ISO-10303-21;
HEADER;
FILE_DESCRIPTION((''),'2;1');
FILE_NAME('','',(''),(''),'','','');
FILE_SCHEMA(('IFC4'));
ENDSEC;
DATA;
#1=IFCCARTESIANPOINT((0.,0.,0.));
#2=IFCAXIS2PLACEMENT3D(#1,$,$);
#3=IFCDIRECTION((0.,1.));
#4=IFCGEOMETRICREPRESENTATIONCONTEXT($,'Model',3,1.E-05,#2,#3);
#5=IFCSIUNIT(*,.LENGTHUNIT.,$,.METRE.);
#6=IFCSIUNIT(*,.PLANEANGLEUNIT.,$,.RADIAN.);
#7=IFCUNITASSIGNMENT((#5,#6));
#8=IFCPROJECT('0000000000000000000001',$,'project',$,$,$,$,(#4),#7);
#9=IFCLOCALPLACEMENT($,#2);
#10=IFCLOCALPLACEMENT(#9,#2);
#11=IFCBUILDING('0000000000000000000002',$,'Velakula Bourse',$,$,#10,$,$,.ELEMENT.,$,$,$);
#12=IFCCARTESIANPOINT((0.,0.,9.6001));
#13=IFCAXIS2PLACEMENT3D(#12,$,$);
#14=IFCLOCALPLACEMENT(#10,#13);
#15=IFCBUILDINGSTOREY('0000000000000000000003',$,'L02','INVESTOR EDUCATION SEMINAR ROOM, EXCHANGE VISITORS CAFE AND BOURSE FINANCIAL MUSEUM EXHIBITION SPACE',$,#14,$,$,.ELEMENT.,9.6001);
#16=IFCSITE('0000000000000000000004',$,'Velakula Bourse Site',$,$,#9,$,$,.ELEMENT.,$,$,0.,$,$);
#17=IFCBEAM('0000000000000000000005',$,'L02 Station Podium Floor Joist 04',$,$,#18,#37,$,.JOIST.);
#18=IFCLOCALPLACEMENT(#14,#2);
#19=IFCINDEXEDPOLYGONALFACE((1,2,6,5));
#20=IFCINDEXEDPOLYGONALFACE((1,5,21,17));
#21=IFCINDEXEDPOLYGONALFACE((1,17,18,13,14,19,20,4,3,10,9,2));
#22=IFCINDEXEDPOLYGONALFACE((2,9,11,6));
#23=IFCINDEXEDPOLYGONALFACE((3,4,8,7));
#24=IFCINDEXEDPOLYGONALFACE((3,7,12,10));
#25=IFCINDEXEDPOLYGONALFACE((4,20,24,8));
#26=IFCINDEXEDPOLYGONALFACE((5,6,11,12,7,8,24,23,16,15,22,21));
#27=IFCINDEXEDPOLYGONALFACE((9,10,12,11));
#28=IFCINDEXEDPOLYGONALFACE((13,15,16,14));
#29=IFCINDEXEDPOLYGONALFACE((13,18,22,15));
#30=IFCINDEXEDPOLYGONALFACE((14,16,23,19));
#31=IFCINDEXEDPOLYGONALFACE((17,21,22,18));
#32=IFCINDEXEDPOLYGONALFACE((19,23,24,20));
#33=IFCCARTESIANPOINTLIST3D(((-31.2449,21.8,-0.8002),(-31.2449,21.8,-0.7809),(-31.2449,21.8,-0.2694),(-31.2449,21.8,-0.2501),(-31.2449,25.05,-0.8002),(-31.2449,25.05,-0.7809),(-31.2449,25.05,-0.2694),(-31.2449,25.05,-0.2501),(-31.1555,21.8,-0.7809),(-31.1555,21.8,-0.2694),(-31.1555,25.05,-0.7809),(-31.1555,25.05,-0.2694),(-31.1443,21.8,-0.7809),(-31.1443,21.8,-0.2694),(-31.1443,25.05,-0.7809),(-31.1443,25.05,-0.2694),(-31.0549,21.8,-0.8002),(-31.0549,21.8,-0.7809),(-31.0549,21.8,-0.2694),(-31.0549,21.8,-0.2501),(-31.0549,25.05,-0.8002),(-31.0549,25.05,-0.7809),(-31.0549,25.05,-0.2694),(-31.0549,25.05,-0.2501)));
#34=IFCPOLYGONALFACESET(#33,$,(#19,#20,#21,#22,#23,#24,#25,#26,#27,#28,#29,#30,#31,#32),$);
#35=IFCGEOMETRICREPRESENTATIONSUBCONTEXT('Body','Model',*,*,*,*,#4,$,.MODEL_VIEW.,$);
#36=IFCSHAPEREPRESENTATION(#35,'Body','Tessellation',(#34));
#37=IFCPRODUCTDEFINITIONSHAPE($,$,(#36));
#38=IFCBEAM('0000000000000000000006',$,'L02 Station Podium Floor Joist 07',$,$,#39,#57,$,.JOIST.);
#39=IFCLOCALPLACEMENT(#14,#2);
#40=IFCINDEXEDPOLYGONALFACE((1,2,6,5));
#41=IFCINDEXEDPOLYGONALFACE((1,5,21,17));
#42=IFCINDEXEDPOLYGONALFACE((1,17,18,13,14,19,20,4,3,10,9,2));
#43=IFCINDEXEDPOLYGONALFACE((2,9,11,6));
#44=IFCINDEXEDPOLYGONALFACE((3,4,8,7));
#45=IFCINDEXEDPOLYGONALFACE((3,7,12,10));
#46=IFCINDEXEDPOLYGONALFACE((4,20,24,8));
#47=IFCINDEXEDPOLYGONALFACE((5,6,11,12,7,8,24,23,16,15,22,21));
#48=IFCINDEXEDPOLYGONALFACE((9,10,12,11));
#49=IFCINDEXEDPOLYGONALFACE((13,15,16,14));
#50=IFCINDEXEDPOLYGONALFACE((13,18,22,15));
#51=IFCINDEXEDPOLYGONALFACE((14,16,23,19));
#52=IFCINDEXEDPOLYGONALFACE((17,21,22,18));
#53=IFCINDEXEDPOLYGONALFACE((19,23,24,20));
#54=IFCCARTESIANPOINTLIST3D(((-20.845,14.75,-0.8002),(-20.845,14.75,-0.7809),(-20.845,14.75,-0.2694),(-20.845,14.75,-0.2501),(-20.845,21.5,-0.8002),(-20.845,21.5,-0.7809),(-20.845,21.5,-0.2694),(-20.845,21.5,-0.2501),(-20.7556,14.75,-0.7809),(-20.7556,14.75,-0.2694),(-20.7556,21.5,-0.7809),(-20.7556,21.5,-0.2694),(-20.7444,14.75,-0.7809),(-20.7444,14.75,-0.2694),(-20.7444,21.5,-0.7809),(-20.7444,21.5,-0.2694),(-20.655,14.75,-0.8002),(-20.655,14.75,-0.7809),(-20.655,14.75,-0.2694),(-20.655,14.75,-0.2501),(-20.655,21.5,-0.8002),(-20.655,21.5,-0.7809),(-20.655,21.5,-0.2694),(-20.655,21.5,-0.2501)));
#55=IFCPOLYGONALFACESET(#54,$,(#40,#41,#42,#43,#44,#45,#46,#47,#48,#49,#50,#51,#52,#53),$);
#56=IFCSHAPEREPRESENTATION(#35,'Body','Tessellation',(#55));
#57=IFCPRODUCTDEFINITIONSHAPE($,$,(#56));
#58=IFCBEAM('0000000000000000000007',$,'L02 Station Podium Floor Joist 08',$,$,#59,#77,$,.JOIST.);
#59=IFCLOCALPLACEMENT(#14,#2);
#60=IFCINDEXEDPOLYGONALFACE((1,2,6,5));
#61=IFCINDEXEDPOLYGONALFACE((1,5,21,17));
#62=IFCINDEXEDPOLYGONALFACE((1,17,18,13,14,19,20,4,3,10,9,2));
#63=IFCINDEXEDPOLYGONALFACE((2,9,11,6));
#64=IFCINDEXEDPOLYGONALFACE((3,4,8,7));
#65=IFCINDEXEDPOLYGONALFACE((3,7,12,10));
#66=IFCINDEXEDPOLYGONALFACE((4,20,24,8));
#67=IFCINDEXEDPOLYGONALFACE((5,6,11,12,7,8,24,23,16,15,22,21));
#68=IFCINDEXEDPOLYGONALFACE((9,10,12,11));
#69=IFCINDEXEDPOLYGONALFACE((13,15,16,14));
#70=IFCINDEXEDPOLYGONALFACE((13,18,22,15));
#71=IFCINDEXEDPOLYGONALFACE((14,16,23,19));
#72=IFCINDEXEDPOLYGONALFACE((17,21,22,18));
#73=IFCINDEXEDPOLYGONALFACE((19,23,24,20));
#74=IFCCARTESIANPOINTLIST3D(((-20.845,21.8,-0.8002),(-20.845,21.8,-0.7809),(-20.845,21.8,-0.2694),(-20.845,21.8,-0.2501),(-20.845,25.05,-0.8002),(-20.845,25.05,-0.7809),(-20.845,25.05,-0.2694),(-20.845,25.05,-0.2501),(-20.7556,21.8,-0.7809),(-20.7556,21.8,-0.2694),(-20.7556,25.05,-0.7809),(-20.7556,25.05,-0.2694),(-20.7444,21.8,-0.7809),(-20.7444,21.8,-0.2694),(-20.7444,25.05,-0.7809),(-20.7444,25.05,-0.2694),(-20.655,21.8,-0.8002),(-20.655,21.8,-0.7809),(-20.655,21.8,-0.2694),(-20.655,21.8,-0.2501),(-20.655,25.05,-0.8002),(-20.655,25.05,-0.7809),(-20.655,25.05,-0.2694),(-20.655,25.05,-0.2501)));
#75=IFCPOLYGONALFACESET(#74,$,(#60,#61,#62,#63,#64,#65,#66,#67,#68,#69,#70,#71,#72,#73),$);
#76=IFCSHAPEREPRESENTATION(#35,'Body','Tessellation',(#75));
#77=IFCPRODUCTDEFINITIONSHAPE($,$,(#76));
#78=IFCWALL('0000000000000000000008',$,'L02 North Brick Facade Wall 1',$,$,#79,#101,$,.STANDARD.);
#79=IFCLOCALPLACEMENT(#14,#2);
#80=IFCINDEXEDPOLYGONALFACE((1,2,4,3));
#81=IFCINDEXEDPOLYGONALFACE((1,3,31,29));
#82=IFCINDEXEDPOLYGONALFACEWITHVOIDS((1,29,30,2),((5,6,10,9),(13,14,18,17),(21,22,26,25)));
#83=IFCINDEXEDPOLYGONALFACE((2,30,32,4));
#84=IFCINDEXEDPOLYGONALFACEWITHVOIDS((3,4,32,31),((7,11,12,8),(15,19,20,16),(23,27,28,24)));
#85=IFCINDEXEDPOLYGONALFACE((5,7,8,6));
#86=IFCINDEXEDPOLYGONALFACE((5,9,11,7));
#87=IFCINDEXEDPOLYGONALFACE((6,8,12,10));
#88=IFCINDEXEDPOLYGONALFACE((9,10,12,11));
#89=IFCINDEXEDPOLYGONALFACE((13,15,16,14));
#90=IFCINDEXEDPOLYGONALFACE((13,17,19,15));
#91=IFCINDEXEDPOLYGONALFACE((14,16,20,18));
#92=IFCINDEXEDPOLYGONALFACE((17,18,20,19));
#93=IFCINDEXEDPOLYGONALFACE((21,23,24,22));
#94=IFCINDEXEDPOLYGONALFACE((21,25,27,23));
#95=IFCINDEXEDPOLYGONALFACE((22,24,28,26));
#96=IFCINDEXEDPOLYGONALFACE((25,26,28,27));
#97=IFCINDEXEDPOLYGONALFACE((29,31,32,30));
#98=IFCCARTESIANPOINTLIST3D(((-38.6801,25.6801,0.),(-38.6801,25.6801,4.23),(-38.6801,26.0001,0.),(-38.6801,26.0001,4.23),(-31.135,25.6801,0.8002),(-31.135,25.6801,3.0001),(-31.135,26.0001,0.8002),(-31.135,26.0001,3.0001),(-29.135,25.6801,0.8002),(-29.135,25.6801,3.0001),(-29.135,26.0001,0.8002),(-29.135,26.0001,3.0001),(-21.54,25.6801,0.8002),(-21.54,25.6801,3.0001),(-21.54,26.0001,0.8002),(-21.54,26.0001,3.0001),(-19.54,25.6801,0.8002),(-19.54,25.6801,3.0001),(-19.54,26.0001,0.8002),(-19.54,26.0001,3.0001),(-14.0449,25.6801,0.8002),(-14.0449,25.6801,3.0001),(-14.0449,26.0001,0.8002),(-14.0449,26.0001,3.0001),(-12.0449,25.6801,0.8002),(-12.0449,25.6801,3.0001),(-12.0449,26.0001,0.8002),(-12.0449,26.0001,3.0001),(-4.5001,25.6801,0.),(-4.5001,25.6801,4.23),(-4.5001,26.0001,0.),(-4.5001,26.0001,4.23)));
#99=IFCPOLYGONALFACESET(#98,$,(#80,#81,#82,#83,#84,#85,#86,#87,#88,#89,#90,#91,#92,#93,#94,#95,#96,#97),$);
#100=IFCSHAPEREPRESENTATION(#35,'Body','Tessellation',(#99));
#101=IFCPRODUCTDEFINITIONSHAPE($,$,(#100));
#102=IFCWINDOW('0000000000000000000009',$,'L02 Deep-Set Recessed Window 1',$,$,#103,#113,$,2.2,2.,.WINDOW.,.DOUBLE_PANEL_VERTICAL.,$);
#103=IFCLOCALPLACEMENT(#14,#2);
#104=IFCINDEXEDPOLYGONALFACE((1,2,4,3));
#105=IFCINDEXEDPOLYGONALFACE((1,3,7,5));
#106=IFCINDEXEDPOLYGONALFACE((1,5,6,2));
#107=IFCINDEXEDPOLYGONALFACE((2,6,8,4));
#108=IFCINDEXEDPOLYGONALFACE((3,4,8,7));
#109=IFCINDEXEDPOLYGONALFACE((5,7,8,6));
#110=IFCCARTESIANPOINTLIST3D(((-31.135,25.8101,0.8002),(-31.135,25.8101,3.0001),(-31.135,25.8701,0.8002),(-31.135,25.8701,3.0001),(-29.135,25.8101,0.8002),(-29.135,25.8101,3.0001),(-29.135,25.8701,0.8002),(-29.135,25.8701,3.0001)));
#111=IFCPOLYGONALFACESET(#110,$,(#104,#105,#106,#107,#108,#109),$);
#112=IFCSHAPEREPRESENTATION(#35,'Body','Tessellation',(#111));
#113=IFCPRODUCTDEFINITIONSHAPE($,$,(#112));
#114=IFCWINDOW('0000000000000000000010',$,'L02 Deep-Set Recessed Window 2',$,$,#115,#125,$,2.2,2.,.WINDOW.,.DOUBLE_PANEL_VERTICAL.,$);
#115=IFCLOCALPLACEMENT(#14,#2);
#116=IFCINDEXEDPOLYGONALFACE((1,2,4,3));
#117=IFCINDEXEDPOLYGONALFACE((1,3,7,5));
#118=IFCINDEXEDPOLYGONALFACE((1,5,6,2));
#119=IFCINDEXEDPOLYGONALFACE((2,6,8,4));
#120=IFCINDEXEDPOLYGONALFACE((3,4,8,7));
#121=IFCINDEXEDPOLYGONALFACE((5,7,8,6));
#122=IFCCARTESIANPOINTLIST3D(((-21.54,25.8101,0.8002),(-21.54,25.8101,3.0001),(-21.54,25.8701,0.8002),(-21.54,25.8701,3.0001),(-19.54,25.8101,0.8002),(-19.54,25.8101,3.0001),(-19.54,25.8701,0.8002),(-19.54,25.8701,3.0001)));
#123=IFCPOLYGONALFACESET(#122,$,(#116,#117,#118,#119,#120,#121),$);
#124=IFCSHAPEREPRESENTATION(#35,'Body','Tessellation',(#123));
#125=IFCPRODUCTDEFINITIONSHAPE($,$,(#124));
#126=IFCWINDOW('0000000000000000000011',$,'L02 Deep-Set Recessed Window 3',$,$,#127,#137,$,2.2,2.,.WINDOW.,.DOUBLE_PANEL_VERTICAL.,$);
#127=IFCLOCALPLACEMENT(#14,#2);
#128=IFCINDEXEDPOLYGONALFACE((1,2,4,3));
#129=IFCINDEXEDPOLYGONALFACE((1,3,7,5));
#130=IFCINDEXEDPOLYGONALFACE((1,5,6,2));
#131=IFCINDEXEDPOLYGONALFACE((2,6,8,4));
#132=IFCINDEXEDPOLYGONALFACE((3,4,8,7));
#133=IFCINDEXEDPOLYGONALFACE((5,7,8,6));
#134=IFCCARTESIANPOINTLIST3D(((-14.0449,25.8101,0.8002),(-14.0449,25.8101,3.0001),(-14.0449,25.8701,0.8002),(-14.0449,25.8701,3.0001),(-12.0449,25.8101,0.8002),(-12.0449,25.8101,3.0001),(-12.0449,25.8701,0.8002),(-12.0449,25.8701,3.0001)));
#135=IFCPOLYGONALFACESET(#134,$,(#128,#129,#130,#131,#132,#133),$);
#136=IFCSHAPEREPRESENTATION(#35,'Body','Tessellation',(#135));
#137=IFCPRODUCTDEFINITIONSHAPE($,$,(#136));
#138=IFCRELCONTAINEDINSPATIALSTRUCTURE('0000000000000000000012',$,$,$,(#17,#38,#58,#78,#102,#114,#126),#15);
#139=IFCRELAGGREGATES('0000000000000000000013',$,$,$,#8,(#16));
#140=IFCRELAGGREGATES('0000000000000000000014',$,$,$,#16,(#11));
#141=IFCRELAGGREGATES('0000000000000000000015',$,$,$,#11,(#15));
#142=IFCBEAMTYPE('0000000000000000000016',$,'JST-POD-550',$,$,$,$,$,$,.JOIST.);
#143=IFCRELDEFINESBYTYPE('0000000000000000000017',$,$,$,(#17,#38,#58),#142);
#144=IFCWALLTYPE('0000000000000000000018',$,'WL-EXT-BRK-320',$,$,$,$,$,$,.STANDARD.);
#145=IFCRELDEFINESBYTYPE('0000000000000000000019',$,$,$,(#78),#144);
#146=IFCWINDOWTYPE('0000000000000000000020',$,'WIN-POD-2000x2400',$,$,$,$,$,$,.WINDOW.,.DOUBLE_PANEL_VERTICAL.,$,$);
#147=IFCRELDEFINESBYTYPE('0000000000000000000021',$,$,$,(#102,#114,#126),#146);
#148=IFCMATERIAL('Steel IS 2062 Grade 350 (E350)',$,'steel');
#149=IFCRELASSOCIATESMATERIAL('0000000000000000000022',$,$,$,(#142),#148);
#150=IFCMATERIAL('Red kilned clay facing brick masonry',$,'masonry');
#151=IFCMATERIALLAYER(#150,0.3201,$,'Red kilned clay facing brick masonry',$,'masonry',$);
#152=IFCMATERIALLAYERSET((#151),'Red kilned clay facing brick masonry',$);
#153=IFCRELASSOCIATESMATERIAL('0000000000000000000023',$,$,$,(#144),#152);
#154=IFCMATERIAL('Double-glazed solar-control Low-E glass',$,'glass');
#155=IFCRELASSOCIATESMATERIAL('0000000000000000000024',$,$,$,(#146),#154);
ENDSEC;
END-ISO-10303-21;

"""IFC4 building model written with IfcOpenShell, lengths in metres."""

from ifc_helpers import new_model, si_unit, direction, frame, frame_2d, origin, origin_2d, place, context, subcontext, project, spatial, rectangle, i_section, extrude, material, layer, layer_set, material_profile, profile_set, type_object, element, fill, save


model = new_model("IFC4")

# Units and contexts
model_context = context("Model", 3, precision=1e-05, world=origin(), true_north=direction((0.0, 1.0)))
body_context = subcontext(model_context, "Body", "Model", "MODEL_VIEW")
ifc_project = project(units=[si_unit("LENGTHUNIT", "METRE"), si_unit("PLANEANGLEUNIT", "RADIAN")], contexts=[model_context])

# Site, building, storey
site_placement = place(None, origin())
site = spatial("IfcSite", under=ifc_project, at=site_placement, Name="Velakula Bourse Site", CompositionType="ELEMENT", RefElevation=0.0)
building_placement = place(site_placement, origin())
building = spatial("IfcBuilding", under=site, at=building_placement, Name="Velakula Bourse", CompositionType="ELEMENT")
storey_placement = place(building_placement, frame((0.0, 0.0, 9.6001)))
storey = spatial("IfcBuildingStorey", under=building, at=storey_placement, Name="L02", Description="INVESTOR EDUCATION SEMINAR ROOM, EXCHANGE VISITORS CAFE AND BOURSE FINANCIAL MUSEUM EXHIBITION SPACE", CompositionType="ELEMENT", Elevation=9.6001)

# Beams
ifc_material_1 = material(Name="Steel IS 2062 Grade 350 (E350)", Category="steel")
ifc_material_profile_1 = material_profile(ifc_material_1, i_section(OverallWidth=0.1899, OverallDepth=0.55, WebThickness=0.0112, FlangeThickness=0.0193, at=origin_2d()), Name="Steel IS 2062 Grade 350 (E350)")
ifc_profile_set_1 = profile_set([ifc_material_profile_1], Name="Steel IS 2062 Grade 350 (E350)")
beam_type_1 = type_object("IfcBeamType", Name="JST-POD-550", PredefinedType="JOIST", material=ifc_profile_set_1)
beam_1_placement = place(storey_placement, frame((-31.1499, 21.8, -0.5251), z_axis=(0.0, 1.0, 0.0), x_axis=(-1.0, 0.0, 0.0)))
element("IfcBeam", 1, at=beam_1_placement, inside=storey, type_object=beam_type_1, Name="L02 Station Podium Floor Joist 04", PredefinedType="JOIST", context=body_context, shape_type="SweptSolid", body=[
    extrude(i_section(OverallWidth=0.1899, OverallDepth=0.55, WebThickness=0.0112, FlangeThickness=0.0193, at=origin_2d()), origin(), (0.0, 0.0, 1.0), 3.25),
])
beam_2_placement = place(storey_placement, frame((-20.75, 14.75, -0.5251), z_axis=(0.0, 1.0, 0.0), x_axis=(-1.0, 0.0, 0.0)))
element("IfcBeam", 2, at=beam_2_placement, inside=storey, type_object=beam_type_1, Name="L02 Station Podium Floor Joist 07", PredefinedType="JOIST", context=body_context, shape_type="SweptSolid", body=[
    extrude(i_section(OverallWidth=0.1899, OverallDepth=0.55, WebThickness=0.0112, FlangeThickness=0.0193, at=origin_2d()), origin(), (0.0, 0.0, 1.0), 6.75),
])
beam_3_placement = place(storey_placement, frame((-20.75, 21.8, -0.5251), z_axis=(0.0, 1.0, 0.0), x_axis=(-1.0, 0.0, 0.0)))
element("IfcBeam", 3, at=beam_3_placement, inside=storey, type_object=beam_type_1, Name="L02 Station Podium Floor Joist 08", PredefinedType="JOIST", context=body_context, shape_type="SweptSolid", body=[
    extrude(i_section(OverallWidth=0.1899, OverallDepth=0.55, WebThickness=0.0112, FlangeThickness=0.0193, at=origin_2d()), origin(), (0.0, 0.0, 1.0), 3.25),
])

# Wall, openings, windows
ifc_material_2 = material(Name="Red kilned clay facing brick masonry", Category="masonry")
ifc_layer = layer(ifc_material_2, 0.3201, Name="Red kilned clay facing brick masonry", Category="masonry")
ifc_layer_set = layer_set([ifc_layer], Name="Red kilned clay facing brick masonry")
wall_type = type_object("IfcWallType", Name="WL-EXT-BRK-320", PredefinedType="STANDARD", material=ifc_layer_set)
wall_placement = place(storey_placement, frame((-38.6799, 25.8401, 0.0), z_axis=(0.0, 0.0, 1.0), x_axis=(1.0, 0.0, 0.0)))
wall = element("IfcWall", 4, at=wall_placement, inside=storey, type_object=wall_type, Name="L02 North Brick Facade Wall 1", PredefinedType="STANDARD", context=body_context, shape_type="SweptSolid", body=[
    extrude(rectangle(XDim=34.1799, YDim=0.3201, at=frame_2d((17.0898, 0.0))), origin(), (0.0, 0.0, 1.0), 4.23),
])
opening_1_placement = place(wall_placement, frame((7.5449, 0.0, 0.8)))
opening_1 = element("IfcOpeningElement", 5, at=opening_1_placement, cuts=wall, PredefinedType="OPENING", context=body_context, shape_type="SweptSolid", body=[
    extrude(rectangle(XDim=2.0, YDim=2.2, at=frame_2d((1.0, 1.1001))), frame((0.0, 0.1699, 0.0), z_axis=(0.0, -1.0, 0.0), x_axis=(1.0, 0.0, 0.0)), (0.0, 0.0, 1.0), 0.3401),
])
opening_2_placement = place(wall_placement, frame((17.1399, 0.0, 0.8)))
opening_2 = element("IfcOpeningElement", 6, at=opening_2_placement, cuts=wall, PredefinedType="OPENING", context=body_context, shape_type="SweptSolid", body=[
    extrude(rectangle(XDim=2.0, YDim=2.2, at=frame_2d((1.0, 1.1001))), frame((0.0, 0.1699, 0.0), z_axis=(0.0, -1.0, 0.0), x_axis=(1.0, 0.0, 0.0)), (0.0, 0.0, 1.0), 0.3401),
])
opening_3_placement = place(wall_placement, frame((24.635, 0.0, 0.8)))
opening_3 = element("IfcOpeningElement", 7, at=opening_3_placement, cuts=wall, PredefinedType="OPENING", context=body_context, shape_type="SweptSolid", body=[
    extrude(rectangle(XDim=2.0, YDim=2.2, at=frame_2d((1.0, 1.1001))), frame((0.0, 0.1699, 0.0), z_axis=(0.0, -1.0, 0.0), x_axis=(1.0, 0.0, 0.0)), (0.0, 0.0, 1.0), 0.3401),
])
ifc_material_3 = material(Name="Double-glazed solar-control Low-E glass", Category="glass")
window_type = type_object("IfcWindowType", Name="WIN-POD-2000x2400", PartitioningType="DOUBLE_PANEL_VERTICAL", PredefinedType="WINDOW", material=ifc_material_3)
window_1_placement = place(opening_1_placement, origin())
window_1 = element("IfcWindow", 8, at=window_1_placement, inside=storey, type_object=window_type, Name="L02 Deep-Set Recessed Window 1", OverallHeight=2.2, OverallWidth=2.0, PartitioningType="DOUBLE_PANEL_VERTICAL", PredefinedType="WINDOW", context=body_context, shape_type="SweptSolid", body=[
    extrude(rectangle(XDim=2.0, YDim=2.2, at=frame_2d((1.0, 1.1001))), frame((0.0, 0.03, 0.0), z_axis=(0.0, -1.0, 0.0), x_axis=(1.0, 0.0, 0.0)), (0.0, 0.0, 1.0), 0.0601),
])
fill(opening_1, window_1)
window_2_placement = place(opening_2_placement, origin())
window_2 = element("IfcWindow", 9, at=window_2_placement, inside=storey, type_object=window_type, Name="L02 Deep-Set Recessed Window 2", OverallHeight=2.2, OverallWidth=2.0, PartitioningType="DOUBLE_PANEL_VERTICAL", PredefinedType="WINDOW", context=body_context, shape_type="SweptSolid", body=[
    extrude(rectangle(XDim=2.0, YDim=2.2, at=frame_2d((1.0, 1.1001))), frame((0.0, 0.03, 0.0), z_axis=(0.0, -1.0, 0.0), x_axis=(1.0, 0.0, 0.0)), (0.0, 0.0, 1.0), 0.0601),
])
fill(opening_2, window_2)
window_3_placement = place(opening_3_placement, origin())
window_3 = element("IfcWindow", 10, at=window_3_placement, inside=storey, type_object=window_type, Name="L02 Deep-Set Recessed Window 3", OverallHeight=2.2, OverallWidth=2.0, PartitioningType="DOUBLE_PANEL_VERTICAL", PredefinedType="WINDOW", context=body_context, shape_type="SweptSolid", body=[
    extrude(rectangle(XDim=2.0, YDim=2.2, at=frame_2d((1.0, 1.1001))), frame((0.0, 0.03, 0.0), z_axis=(0.0, -1.0, 0.0), x_axis=(1.0, 0.0, 0.0)), (0.0, 0.0, 1.0), 0.0601),
])
fill(opening_3, window_3)

save(model, "model.ifc")
